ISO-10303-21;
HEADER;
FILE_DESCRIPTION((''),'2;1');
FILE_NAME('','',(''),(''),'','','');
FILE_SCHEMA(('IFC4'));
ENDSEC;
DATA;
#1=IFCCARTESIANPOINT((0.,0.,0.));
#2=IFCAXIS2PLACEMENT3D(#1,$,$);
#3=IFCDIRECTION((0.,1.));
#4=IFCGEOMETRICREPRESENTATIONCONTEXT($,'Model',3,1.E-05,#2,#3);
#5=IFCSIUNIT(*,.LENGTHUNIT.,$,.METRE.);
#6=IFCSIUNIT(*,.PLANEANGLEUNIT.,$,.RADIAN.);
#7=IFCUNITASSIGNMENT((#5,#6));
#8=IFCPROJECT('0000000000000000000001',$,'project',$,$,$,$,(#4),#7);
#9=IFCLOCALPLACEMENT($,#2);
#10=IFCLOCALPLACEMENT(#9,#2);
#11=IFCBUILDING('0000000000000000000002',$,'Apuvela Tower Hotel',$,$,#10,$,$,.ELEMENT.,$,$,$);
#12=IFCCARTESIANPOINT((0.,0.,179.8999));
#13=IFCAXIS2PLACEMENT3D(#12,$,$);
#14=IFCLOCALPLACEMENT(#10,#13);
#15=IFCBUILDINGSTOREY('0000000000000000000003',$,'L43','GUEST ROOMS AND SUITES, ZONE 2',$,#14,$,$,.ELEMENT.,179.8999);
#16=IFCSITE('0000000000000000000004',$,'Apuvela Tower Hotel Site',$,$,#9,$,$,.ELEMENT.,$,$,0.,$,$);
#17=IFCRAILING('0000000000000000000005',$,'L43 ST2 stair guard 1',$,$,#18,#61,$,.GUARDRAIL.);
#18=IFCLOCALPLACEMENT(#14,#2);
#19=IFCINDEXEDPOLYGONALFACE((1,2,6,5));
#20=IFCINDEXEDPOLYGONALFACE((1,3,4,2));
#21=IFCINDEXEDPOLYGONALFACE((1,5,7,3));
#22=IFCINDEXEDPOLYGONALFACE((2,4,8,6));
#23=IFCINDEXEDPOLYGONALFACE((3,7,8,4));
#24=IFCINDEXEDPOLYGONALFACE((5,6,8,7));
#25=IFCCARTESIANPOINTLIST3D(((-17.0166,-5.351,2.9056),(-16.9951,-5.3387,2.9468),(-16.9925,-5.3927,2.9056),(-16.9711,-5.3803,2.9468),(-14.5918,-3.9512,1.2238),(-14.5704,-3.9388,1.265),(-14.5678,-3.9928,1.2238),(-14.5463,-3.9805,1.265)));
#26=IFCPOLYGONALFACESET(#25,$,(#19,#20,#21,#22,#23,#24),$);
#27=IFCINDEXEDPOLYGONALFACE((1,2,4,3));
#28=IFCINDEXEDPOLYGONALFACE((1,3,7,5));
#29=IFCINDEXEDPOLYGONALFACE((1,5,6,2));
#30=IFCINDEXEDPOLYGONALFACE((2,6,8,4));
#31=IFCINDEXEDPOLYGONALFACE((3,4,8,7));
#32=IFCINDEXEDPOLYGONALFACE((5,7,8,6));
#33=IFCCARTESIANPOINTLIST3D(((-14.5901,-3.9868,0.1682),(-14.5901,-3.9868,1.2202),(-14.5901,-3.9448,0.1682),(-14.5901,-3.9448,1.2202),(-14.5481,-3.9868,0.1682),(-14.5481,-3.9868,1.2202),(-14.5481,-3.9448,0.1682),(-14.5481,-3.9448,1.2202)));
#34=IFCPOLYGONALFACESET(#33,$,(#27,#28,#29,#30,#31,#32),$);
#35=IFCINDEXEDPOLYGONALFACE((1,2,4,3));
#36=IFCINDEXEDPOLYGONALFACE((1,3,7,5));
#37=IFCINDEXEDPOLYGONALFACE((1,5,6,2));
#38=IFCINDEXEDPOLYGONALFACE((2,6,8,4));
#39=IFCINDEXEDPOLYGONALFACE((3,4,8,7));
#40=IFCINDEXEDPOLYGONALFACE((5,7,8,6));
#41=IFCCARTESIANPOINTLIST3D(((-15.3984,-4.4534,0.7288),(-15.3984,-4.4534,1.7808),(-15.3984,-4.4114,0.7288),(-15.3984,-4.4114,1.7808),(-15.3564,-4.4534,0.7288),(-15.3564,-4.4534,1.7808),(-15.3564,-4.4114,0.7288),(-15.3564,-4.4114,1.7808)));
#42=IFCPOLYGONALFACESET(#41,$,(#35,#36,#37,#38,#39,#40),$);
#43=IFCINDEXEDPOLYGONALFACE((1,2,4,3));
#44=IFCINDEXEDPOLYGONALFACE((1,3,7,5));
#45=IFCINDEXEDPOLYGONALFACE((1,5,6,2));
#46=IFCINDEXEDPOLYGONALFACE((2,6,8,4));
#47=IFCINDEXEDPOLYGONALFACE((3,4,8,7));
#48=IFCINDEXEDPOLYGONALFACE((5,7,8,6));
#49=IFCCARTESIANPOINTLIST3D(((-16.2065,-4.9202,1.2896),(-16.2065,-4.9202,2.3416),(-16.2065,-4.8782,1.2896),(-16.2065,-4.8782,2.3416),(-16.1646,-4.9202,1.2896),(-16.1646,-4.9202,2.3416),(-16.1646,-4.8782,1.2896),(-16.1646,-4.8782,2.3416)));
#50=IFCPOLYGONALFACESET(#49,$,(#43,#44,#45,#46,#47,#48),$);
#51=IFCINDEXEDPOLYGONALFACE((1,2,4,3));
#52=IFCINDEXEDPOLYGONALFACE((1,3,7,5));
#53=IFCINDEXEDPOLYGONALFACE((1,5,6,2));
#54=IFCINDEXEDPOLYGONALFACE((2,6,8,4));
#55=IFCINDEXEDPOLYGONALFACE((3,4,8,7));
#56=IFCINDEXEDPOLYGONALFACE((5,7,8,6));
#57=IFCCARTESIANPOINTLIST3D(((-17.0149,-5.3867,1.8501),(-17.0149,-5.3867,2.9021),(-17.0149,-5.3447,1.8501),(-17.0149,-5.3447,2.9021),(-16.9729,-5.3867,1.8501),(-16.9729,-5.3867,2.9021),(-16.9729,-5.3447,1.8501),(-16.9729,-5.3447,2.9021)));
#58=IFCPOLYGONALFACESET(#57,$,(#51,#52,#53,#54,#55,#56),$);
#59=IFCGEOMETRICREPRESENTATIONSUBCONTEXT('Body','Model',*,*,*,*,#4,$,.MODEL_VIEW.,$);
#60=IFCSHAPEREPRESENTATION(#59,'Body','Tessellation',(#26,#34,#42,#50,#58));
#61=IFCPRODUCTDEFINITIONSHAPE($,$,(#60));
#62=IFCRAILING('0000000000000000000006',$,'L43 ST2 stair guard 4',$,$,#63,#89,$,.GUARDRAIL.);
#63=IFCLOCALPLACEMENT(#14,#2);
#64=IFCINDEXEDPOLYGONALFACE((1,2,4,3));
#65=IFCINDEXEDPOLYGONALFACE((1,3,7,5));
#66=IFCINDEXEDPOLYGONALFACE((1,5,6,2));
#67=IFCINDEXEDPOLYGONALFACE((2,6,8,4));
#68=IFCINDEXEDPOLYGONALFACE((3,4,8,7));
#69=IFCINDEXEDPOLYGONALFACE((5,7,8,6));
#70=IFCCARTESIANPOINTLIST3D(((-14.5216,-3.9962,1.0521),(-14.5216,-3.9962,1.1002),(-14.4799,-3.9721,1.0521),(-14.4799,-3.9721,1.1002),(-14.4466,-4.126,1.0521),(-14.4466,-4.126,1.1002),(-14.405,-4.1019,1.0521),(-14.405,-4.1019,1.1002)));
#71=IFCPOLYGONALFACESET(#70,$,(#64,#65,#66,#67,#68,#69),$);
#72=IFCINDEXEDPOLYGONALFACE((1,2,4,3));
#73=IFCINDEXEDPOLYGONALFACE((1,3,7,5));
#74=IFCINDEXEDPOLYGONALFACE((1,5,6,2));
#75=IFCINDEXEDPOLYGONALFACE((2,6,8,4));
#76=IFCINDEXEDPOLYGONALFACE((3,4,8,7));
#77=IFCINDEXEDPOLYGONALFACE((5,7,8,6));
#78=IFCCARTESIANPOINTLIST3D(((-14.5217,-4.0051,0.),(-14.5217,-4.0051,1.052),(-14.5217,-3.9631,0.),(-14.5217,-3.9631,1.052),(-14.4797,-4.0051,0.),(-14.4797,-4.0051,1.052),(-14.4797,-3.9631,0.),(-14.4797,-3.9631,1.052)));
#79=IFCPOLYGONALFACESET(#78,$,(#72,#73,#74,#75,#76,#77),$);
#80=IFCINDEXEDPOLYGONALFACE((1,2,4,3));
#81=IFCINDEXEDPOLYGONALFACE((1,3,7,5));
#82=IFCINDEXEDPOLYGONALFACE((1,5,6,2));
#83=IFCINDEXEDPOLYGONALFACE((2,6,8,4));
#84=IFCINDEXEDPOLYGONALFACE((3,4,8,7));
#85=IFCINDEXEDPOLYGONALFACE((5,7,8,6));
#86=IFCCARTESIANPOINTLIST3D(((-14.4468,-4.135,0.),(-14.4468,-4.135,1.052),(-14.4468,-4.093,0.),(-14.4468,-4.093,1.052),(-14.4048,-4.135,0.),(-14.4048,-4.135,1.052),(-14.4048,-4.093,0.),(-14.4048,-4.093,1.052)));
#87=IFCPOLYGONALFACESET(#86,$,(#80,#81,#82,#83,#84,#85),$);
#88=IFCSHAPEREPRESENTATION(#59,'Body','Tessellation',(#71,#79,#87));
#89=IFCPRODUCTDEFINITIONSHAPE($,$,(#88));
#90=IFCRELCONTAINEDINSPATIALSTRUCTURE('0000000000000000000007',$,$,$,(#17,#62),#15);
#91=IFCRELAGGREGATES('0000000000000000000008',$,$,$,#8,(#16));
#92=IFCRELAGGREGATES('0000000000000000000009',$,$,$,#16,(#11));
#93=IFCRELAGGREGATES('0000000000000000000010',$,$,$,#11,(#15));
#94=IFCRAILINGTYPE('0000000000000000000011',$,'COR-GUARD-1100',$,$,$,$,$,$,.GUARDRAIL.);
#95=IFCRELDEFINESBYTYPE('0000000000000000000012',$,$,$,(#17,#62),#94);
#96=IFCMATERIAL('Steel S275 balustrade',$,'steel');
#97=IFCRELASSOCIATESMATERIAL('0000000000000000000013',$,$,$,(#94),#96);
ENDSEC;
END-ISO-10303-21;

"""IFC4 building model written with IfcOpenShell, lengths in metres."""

from ifc_helpers import new_model, si_unit, direction, frame, origin, origin_2d, place, context, subcontext, project, spatial, rectangle, extrude, material, type_object, element, save


model = new_model("IFC4")

# Units and contexts
model_context = context("Model", 3, precision=1e-05, world=origin(), true_north=direction((0.0, 1.0)))
body_context = subcontext(model_context, "Body", "Model", "MODEL_VIEW")
ifc_project = project(units=[si_unit("LENGTHUNIT", "METRE"), si_unit("PLANEANGLEUNIT", "RADIAN")], contexts=[model_context])

# Site, building, storey
site_placement = place(None, origin())
site = spatial("IfcSite", under=ifc_project, at=site_placement, Name="Apuvela Tower Hotel Site", CompositionType="ELEMENT", RefElevation=0.0)
building_placement = place(site_placement, origin())
building = spatial("IfcBuilding", under=site, at=building_placement, Name="Apuvela Tower Hotel", CompositionType="ELEMENT")
storey_placement = place(building_placement, frame((0.0, 0.0, 179.8999)))
storey = spatial("IfcBuildingStorey", under=building, at=storey_placement, Name="L43", Description="GUEST ROOMS AND SUITES, ZONE 2", CompositionType="ELEMENT", Elevation=179.8999)

# Railings
ifc_material_1 = material(Name="Steel S275 balustrade", Category="steel")
railing_type = type_object("IfcRailingType", Name="COR-GUARD-1100", PredefinedType="GUARDRAIL", material=ifc_material_1)
railing_1_placement = place(storey_placement, frame((-14.5691, -3.9658, 0.1682)))
element("IfcRailing", 1, at=railing_1_placement, inside=storey, type_object=railing_type, Name="L43 ST2 stair guard 1", PredefinedType="GUARDRAIL", context=body_context, shape_type="SweptSolid", body=[
    extrude(rectangle(XDim=0.0481, YDim=0.0481, at=origin_2d()), frame((0.0, 0.0, 1.0762), z_axis=(-0.74239, -0.428601, 0.514934), x_axis=(0.499984, -0.866035, 0.0)), (0.0, 0.0, 1.0), 3.2661),
    extrude(rectangle(XDim=0.042, YDim=0.042, at=origin_2d()), origin(), (0.0, 0.0, 1.0), 1.052),
    extrude(rectangle(XDim=0.042, YDim=0.042, at=origin_2d()), frame((-0.8083, -0.4666, 0.5605)), (0.0, 0.0, 1.0), 1.052),
    extrude(rectangle(XDim=0.042, YDim=0.042, at=origin_2d()), frame((-1.6165, -0.9333, 1.1213)), (0.0, 0.0, 1.0), 1.052),
    extrude(rectangle(XDim=0.042, YDim=0.042, at=origin_2d()), frame((-2.4248, -1.3999, 1.6819)), (0.0, 0.0, 1.0), 1.052),
])
railing_2_placement = place(storey_placement, frame((-14.5007, -3.9841, 0.0)))
element("IfcRailing", 2, at=railing_2_placement, inside=storey, type_object=railing_type, Name="L43 ST2 stair guard 4", PredefinedType="GUARDRAIL", context=body_context, shape_type="SweptSolid", body=[
    extrude(rectangle(XDim=0.0481, YDim=0.0481, at=origin_2d()), frame((0.0, 0.0, 1.0762), z_axis=(0.499816, -0.866131, 0.0), x_axis=(0.866131, 0.499816, 0.0)), (0.0, 0.0, 1.0), 0.1499),
    extrude(rectangle(XDim=0.042, YDim=0.042, at=origin_2d()), origin(), (0.0, 0.0, 1.0), 1.052),
    extrude(rectangle(XDim=0.042, YDim=0.042, at=origin_2d()), frame((0.075, -0.1299, 0.0)), (0.0, 0.0, 1.0), 1.052),
])

save(model, "model.ifc")
